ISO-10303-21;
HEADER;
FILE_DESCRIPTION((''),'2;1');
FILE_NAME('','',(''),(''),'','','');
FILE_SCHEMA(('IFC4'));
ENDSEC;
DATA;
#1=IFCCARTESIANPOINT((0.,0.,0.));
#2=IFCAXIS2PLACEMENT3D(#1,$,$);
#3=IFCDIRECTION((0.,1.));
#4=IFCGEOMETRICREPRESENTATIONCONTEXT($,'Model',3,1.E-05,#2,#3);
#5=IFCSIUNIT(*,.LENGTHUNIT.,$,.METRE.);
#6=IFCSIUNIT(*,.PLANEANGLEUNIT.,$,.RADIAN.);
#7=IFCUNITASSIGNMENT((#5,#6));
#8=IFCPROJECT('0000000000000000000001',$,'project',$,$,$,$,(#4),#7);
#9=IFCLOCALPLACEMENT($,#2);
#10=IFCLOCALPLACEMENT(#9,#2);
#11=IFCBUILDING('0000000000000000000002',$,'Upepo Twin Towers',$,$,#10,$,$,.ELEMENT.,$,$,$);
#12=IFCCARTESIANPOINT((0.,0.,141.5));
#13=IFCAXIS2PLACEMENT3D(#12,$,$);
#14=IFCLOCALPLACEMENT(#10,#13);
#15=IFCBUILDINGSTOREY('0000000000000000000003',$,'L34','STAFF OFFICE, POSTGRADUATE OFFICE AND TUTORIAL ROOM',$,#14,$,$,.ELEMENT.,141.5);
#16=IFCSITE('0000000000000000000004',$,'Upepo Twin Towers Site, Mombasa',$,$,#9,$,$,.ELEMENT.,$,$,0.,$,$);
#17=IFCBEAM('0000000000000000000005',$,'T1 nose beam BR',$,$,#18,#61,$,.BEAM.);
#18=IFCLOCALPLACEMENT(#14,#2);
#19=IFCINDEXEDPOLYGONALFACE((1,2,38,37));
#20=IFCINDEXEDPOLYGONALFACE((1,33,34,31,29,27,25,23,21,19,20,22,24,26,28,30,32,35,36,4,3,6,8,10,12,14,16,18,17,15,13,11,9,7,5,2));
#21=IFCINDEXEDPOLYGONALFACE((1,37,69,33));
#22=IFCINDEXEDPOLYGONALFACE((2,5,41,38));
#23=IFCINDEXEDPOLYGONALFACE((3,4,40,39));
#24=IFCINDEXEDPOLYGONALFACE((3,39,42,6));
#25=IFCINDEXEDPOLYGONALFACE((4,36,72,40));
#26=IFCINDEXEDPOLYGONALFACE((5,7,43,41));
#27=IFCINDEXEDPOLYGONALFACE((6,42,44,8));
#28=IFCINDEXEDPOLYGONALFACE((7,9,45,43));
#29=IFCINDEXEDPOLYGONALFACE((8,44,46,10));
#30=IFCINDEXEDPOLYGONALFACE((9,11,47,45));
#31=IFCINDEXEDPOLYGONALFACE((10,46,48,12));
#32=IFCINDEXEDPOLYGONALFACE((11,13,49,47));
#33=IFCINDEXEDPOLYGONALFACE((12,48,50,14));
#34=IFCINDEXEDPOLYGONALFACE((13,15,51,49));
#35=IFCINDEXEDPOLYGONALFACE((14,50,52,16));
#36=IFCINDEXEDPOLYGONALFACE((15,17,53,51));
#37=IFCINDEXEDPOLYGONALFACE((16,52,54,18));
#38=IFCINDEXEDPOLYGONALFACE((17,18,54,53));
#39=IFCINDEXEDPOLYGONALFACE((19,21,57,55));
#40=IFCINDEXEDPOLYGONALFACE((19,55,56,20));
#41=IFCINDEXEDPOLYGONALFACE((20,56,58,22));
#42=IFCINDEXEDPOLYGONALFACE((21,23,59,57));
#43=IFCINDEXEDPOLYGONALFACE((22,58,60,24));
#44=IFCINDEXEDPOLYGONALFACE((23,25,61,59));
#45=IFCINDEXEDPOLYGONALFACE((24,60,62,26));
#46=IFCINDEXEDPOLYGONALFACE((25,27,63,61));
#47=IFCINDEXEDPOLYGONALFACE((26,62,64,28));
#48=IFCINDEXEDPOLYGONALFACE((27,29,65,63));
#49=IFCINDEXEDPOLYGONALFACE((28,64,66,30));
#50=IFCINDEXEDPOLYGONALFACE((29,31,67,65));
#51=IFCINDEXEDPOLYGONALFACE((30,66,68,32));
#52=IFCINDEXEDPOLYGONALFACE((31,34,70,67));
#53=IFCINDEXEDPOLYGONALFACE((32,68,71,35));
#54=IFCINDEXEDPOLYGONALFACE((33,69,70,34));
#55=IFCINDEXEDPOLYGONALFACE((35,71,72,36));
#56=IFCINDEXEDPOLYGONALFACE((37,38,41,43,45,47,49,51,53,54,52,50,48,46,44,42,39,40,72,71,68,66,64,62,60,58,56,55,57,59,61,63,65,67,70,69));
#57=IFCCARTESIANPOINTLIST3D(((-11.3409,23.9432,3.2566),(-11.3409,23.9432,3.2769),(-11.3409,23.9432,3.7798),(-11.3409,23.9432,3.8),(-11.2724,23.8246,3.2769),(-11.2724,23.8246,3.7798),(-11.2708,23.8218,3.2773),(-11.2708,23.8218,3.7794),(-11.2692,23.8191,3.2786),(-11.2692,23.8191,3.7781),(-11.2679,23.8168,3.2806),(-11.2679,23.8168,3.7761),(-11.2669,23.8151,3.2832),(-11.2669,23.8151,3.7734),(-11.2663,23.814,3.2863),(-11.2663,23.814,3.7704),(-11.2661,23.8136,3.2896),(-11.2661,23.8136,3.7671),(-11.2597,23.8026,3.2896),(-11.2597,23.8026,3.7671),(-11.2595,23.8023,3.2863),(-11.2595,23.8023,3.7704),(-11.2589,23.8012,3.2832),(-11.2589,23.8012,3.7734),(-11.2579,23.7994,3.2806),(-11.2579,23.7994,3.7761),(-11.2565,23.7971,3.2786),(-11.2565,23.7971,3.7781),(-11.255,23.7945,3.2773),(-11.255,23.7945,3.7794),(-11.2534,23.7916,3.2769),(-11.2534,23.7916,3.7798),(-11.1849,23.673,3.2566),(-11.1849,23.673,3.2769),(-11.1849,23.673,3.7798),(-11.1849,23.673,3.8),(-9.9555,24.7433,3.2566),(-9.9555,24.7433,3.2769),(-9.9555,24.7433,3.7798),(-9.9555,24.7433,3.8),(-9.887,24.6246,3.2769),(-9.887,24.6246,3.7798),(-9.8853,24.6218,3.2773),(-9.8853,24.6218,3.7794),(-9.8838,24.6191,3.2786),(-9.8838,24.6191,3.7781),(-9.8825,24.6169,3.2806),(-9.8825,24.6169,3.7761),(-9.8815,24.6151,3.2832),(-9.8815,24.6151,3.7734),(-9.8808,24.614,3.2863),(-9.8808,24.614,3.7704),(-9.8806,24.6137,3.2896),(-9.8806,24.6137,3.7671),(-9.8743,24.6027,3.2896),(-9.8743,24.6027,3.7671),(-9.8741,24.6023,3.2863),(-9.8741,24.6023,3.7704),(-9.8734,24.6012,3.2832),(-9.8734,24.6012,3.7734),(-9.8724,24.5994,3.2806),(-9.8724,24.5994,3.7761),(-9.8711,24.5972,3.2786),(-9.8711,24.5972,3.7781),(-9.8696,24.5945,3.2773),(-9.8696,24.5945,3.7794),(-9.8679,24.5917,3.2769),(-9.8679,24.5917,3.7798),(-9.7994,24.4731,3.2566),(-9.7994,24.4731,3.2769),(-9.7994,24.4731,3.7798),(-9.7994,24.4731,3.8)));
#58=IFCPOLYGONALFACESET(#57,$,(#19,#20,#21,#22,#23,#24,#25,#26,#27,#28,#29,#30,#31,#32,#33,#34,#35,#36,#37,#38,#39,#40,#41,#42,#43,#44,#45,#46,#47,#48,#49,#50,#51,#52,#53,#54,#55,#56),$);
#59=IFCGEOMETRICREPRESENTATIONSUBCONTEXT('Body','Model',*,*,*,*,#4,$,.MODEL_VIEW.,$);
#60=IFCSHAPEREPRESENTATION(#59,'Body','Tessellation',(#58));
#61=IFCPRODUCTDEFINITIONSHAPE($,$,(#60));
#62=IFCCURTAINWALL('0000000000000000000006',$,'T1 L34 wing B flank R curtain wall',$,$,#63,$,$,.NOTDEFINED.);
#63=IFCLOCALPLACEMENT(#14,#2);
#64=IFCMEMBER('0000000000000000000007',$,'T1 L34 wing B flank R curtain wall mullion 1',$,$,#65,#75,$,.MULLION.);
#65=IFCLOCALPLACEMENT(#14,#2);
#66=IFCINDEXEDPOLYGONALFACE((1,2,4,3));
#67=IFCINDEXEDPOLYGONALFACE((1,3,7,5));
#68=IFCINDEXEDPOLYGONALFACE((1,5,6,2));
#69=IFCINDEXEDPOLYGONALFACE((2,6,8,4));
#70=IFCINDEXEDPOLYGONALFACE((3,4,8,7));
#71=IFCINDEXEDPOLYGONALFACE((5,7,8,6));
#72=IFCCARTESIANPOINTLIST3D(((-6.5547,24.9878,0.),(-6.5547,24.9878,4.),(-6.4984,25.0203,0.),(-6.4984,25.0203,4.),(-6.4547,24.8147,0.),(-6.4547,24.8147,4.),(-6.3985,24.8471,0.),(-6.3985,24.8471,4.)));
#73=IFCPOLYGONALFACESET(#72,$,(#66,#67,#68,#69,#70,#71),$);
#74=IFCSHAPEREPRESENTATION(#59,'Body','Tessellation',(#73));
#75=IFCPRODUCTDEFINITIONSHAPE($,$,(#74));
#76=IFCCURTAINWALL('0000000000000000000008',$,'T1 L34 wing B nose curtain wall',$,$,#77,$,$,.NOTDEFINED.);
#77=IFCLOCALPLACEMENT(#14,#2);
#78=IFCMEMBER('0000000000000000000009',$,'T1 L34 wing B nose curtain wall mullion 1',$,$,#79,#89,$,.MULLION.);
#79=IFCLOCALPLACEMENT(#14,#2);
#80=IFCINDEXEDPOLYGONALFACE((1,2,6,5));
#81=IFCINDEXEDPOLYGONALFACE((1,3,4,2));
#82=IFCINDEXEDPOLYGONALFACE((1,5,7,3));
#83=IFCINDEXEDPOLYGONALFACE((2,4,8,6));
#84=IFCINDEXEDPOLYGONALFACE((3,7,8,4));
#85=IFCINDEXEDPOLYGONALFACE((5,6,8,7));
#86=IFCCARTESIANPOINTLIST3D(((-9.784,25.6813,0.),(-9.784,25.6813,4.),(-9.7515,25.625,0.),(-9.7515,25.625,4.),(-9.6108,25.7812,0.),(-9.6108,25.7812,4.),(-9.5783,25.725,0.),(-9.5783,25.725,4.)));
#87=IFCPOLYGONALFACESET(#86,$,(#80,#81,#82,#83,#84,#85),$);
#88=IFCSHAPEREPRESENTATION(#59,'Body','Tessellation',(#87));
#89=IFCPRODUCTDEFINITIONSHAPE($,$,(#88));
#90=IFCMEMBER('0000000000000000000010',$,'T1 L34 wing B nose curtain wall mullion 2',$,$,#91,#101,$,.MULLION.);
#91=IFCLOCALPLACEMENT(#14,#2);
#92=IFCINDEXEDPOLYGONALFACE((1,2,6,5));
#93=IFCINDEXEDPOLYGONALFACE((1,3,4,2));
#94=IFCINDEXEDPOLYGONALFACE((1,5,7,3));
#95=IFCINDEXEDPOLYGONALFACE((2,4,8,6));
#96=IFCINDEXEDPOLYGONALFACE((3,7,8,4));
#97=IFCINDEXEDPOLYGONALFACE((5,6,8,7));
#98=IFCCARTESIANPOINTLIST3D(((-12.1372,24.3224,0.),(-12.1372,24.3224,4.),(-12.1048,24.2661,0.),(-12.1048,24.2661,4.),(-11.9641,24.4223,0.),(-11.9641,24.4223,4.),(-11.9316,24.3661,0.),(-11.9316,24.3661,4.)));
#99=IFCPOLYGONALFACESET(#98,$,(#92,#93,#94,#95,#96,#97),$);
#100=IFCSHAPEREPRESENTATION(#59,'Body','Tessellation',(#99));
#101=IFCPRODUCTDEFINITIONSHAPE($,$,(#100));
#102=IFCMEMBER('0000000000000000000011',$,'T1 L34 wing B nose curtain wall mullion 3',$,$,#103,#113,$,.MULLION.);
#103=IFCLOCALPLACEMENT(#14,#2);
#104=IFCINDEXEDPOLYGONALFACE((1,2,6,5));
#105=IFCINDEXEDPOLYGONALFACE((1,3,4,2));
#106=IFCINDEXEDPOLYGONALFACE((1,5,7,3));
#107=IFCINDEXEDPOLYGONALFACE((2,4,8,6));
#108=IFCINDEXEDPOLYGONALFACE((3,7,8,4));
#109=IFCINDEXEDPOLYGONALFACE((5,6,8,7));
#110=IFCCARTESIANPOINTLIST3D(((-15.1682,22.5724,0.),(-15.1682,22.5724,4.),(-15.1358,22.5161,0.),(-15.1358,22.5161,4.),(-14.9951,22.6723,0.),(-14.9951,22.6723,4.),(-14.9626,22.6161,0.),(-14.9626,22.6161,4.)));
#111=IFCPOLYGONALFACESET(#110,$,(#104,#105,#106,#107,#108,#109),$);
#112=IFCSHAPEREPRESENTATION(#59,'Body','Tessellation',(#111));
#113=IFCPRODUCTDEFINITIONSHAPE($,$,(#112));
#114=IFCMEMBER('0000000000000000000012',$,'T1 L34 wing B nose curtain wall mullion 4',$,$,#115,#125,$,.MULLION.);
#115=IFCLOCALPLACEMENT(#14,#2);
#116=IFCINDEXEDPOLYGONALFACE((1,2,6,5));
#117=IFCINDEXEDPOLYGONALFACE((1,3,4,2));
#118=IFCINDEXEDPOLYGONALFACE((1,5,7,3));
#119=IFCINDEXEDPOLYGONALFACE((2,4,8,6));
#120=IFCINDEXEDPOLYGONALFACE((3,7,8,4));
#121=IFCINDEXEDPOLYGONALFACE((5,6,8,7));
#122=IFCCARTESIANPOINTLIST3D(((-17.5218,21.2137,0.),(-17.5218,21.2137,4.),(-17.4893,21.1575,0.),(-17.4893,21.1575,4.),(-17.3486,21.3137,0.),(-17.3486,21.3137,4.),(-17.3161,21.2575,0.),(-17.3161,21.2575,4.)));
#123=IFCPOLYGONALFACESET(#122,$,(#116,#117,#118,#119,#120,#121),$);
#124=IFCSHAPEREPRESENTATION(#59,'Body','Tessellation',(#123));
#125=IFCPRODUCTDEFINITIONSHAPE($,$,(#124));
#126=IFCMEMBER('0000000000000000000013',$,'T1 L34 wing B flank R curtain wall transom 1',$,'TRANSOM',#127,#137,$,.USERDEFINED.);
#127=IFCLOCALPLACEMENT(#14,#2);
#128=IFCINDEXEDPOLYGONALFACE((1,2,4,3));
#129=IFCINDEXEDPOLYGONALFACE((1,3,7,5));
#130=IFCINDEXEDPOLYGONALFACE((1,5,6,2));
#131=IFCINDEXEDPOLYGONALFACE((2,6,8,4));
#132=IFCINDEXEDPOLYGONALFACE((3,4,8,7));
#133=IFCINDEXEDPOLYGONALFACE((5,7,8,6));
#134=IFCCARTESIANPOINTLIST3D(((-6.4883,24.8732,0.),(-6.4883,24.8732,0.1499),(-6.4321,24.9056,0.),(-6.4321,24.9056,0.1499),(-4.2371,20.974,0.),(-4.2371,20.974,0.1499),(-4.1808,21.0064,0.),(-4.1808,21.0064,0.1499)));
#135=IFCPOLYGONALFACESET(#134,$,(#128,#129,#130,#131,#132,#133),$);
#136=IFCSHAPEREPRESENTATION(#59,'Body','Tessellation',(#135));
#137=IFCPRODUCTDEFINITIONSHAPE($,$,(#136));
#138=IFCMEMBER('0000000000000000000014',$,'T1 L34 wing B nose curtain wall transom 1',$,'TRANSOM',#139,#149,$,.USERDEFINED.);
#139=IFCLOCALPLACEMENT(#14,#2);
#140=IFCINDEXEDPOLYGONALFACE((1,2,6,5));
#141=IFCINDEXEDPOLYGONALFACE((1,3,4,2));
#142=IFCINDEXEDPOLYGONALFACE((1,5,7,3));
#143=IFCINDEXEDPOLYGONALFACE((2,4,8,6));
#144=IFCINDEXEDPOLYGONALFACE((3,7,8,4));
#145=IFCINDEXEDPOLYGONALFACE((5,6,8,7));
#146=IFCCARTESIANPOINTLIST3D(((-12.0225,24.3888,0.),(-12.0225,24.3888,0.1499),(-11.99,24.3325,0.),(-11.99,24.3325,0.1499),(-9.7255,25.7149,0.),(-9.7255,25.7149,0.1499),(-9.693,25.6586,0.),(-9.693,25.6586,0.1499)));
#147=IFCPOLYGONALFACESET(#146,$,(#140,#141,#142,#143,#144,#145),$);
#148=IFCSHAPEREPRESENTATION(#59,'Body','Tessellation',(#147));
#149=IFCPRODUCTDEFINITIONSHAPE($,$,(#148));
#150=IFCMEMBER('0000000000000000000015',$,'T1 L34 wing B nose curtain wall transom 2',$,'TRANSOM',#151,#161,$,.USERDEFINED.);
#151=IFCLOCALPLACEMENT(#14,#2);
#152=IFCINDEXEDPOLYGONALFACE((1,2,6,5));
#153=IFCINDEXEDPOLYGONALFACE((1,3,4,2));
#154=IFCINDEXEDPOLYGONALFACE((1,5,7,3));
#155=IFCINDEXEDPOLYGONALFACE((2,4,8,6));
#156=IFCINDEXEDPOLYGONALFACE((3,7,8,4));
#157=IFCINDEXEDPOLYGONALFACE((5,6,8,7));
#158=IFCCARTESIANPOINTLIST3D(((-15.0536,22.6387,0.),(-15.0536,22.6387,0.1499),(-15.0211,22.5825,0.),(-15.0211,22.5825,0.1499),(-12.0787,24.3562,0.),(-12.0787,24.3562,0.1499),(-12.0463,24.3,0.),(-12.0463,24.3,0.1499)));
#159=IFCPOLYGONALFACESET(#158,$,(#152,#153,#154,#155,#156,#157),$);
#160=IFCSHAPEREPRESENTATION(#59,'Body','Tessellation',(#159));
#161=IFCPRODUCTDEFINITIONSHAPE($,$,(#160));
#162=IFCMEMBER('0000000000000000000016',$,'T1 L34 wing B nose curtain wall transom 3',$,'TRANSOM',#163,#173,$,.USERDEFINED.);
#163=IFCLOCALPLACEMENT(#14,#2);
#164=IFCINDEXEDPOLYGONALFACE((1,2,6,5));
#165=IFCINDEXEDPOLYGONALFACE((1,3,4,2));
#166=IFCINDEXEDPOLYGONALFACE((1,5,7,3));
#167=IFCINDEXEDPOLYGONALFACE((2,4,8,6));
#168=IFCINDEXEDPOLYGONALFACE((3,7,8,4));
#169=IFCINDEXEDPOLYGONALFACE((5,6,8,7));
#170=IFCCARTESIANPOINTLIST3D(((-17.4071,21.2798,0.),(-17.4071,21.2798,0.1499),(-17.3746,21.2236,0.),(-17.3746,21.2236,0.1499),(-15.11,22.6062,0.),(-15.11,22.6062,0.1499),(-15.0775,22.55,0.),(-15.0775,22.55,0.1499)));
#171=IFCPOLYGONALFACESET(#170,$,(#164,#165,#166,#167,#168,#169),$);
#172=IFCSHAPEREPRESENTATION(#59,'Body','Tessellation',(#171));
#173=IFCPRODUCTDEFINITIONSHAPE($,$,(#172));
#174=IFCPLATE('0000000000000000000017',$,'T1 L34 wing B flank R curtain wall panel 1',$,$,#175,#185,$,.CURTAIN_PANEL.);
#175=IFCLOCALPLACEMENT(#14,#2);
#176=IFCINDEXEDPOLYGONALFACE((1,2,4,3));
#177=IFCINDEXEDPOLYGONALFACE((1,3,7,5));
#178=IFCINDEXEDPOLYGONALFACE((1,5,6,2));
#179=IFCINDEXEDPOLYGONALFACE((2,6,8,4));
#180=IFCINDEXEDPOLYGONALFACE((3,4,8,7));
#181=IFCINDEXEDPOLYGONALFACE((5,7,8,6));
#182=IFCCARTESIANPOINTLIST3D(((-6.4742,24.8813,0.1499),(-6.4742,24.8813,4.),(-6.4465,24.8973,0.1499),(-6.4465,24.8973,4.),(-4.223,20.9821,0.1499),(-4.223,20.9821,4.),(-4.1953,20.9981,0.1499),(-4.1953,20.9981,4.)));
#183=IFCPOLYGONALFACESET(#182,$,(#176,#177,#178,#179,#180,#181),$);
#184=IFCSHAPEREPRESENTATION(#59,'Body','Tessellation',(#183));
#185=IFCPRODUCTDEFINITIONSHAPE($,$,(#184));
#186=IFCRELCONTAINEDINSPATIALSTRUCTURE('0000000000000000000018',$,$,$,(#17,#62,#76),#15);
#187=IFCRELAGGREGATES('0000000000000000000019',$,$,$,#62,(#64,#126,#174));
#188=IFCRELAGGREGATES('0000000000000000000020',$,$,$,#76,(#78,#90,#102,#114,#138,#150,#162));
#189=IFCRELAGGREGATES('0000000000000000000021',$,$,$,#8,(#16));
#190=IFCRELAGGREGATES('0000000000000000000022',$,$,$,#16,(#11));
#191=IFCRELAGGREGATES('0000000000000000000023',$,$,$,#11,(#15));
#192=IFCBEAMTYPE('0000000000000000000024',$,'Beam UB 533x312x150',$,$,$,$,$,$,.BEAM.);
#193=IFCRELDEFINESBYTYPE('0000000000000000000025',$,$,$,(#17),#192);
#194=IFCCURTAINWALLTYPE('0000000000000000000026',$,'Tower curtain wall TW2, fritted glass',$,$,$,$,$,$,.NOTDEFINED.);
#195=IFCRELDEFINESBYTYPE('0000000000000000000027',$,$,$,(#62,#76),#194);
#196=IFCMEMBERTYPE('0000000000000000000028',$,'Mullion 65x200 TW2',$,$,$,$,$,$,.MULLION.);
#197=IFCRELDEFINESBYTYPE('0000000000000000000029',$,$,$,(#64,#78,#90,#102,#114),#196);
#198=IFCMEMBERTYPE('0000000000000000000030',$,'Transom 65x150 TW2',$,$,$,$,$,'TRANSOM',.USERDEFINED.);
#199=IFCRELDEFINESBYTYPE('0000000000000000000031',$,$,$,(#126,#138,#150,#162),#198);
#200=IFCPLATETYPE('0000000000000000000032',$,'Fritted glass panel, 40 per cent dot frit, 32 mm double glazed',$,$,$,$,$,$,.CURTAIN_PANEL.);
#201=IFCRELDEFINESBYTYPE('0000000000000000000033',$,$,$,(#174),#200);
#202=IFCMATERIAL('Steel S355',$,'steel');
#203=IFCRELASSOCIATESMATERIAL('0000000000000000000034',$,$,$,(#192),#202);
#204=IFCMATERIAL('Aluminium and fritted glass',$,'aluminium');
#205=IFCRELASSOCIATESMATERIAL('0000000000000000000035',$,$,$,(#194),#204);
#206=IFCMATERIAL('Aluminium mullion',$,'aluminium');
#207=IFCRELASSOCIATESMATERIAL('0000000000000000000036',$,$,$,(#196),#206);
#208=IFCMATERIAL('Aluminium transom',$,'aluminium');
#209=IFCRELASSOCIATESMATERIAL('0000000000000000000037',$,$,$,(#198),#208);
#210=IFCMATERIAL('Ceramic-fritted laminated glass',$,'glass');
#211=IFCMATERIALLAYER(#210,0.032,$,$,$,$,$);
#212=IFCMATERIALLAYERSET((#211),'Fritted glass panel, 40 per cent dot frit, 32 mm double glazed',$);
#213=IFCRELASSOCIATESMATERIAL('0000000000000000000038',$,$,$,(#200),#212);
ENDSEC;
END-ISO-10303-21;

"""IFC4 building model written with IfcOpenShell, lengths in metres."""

from ifc_helpers import new_model, si_unit, direction, frame, origin, origin_2d, place, context, subcontext, project, spatial, rectangle, i_section, extrude, material, layer, layer_set, material_profile, profile_set, type_object, element, aggregate, save


model = new_model("IFC4")

# Units and contexts
model_context = context("Model", 3, precision=1e-05, world=origin(), true_north=direction((0.0, 1.0)))
body_context = subcontext(model_context, "Body", "Model", "MODEL_VIEW")
ifc_project = project(units=[si_unit("LENGTHUNIT", "METRE"), si_unit("PLANEANGLEUNIT", "RADIAN")], contexts=[model_context])

# Site, building, storey
site_placement = place(None, origin())
site = spatial("IfcSite", under=ifc_project, at=site_placement, Name="Upepo Twin Towers Site, Mombasa", CompositionType="ELEMENT", RefElevation=0.0)
building_placement = place(site_placement, origin())
building = spatial("IfcBuilding", under=site, at=building_placement, Name="Upepo Twin Towers", CompositionType="ELEMENT")
storey_placement = place(building_placement, frame((0.0, 0.0, 141.5)))
storey = spatial("IfcBuildingStorey", under=building, at=storey_placement, Name="L34", Description="STAFF OFFICE, POSTGRADUATE OFFICE AND TUTORIAL ROOM", CompositionType="ELEMENT", Elevation=141.5)

# Beam
ifc_material_1 = material(Name="Steel S355", Category="steel")
ifc_material_profile_1 = material_profile(ifc_material_1, i_section(OverallWidth=0.312, OverallDepth=0.5435, WebThickness=0.0127, FlangeThickness=0.0203, FilletRadius=0.0127, at=origin_2d()), Name="UB 533x312x150")
ifc_profile_set_1 = profile_set([ifc_material_profile_1], Name="Steel S355")
beam_type_1 = type_object("IfcBeamType", Name="Beam UB 533x312x150", PredefinedType="BEAM", material=ifc_profile_set_1)
for number, where, z_axis, x_axis, name in (
    (1, (-9.8774, 24.6082, 3.5283), (-0.86599, -0.500061, 0.0), (0.500061, -0.86599, 0.0), "T1 nose beam BR"),
):
    element("IfcBeam", number, at=place(storey_placement, frame(where, z_axis=z_axis, x_axis=x_axis)), inside=storey, type_object=beam_type_1, Name=name, PredefinedType="BEAM", context=body_context, shape_type="SweptSolid", body=[
        extrude(i_section(OverallWidth=0.312, OverallDepth=0.5435, WebThickness=0.0127, FlangeThickness=0.0203, FilletRadius=0.0127, at=origin_2d()), origin(), (0.0, 0.0, 1.0), 1.5999),
    ])

# Curtain wall, member
ifc_material_2 = material(Name="Aluminium and fritted glass", Category="aluminium")
curtain_wall_type = type_object("IfcCurtainWallType", Name="Tower curtain wall TW2, fritted glass", PredefinedType="NOTDEFINED", material=ifc_material_2)
curtain_wall_1_placement = place(storey_placement, origin())
curtain_wall_1 = element("IfcCurtainWall", 2, at=curtain_wall_1_placement, inside=storey, type_object=curtain_wall_type, Name="T1 L34 wing B flank R curtain wall", PredefinedType="NOTDEFINED")
ifc_material_3 = material(Name="Aluminium mullion", Category="aluminium")
ifc_material_profile_2 = material_profile(ifc_material_3, rectangle(XDim=0.0649, YDim=0.2, at=origin_2d()), Name="MULLION 65x200")
ifc_profile_set_2 = profile_set([ifc_material_profile_2], Name="Aluminium mullion")
member_type_1 = type_object("IfcMemberType", Name="Mullion 65x200 TW2", PredefinedType="MULLION", material=ifc_profile_set_2)
member_1_placement = place(storey_placement, frame((-6.4766, 24.9175, 0.0), z_axis=(0.0, 0.0, 1.0), x_axis=(0.866025, 0.5, 0.0)))
member_1 = element("IfcMember", 3, at=member_1_placement, type_object=member_type_1, Name="T1 L34 wing B flank R curtain wall mullion 1", PredefinedType="MULLION", context=body_context, shape_type="SweptSolid", body=[
    extrude(rectangle(XDim=0.0649, YDim=0.2, at=origin_2d()), origin(), (0.0, 0.0, 1.0), 4.0),
])

# Curtain wall, members
curtain_wall_2_placement = place(storey_placement, origin())
curtain_wall_2 = element("IfcCurtainWall", 4, at=curtain_wall_2_placement, inside=storey, type_object=curtain_wall_type, Name="T1 L34 wing B nose curtain wall", PredefinedType="NOTDEFINED")
member_2_placement = place(storey_placement, frame((-9.6812, 25.7031, 0.0), z_axis=(0.0, 0.0, 1.0), x_axis=(0.5, -0.866025, 0.0)))
member_2 = element("IfcMember", 5, at=member_2_placement, type_object=member_type_1, Name="T1 L34 wing B nose curtain wall mullion 1", PredefinedType="MULLION", context=body_context, shape_type="SweptSolid", body=[
    extrude(rectangle(XDim=0.0649, YDim=0.2, at=origin_2d()), origin(), (0.0, 0.0, 1.0), 4.0),
])
member_3_placement = place(storey_placement, frame((-12.0344, 24.3442, 0.0), z_axis=(0.0, 0.0, 1.0), x_axis=(0.5, -0.866025, 0.0)))
member_3 = element("IfcMember", 6, at=member_3_placement, type_object=member_type_1, Name="T1 L34 wing B nose curtain wall mullion 2", PredefinedType="MULLION", context=body_context, shape_type="SweptSolid", body=[
    extrude(rectangle(XDim=0.0649, YDim=0.2, at=origin_2d()), origin(), (0.0, 0.0, 1.0), 4.0),
])
member_4_placement = place(storey_placement, frame((-15.0654, 22.5942, 0.0), z_axis=(0.0, 0.0, 1.0), x_axis=(0.5, -0.866025, 0.0)))
member_4 = element("IfcMember", 7, at=member_4_placement, type_object=member_type_1, Name="T1 L34 wing B nose curtain wall mullion 3", PredefinedType="MULLION", context=body_context, shape_type="SweptSolid", body=[
    extrude(rectangle(XDim=0.0649, YDim=0.2, at=origin_2d()), origin(), (0.0, 0.0, 1.0), 4.0),
])
member_5_placement = place(storey_placement, frame((-17.4189, 21.2356, 0.0), z_axis=(0.0, 0.0, 1.0), x_axis=(0.5, -0.866025, 0.0)))
member_5 = element("IfcMember", 8, at=member_5_placement, type_object=member_type_1, Name="T1 L34 wing B nose curtain wall mullion 4", PredefinedType="MULLION", context=body_context, shape_type="SweptSolid", body=[
    extrude(rectangle(XDim=0.0649, YDim=0.2, at=origin_2d()), origin(), (0.0, 0.0, 1.0), 4.0),
])

# Members
ifc_material_4 = material(Name="Aluminium transom", Category="aluminium")
ifc_material_profile_3 = material_profile(ifc_material_4, rectangle(XDim=0.0649, YDim=0.1499, at=origin_2d()), Name="TRANSOM 65x150")
ifc_profile_set_3 = profile_set([ifc_material_profile_3], Name="Aluminium transom")
member_type_2 = type_object("IfcMemberType", Name="Transom 65x150 TW2", ElementType="TRANSOM", PredefinedType="USERDEFINED", material=ifc_profile_set_3)
member_6_placement = place(storey_placement, frame((-6.4602, 24.8894, 0.075), z_axis=(0.500006, -0.866022, 0.0), x_axis=(0.866022, 0.500006, 0.0)))
member_6 = element("IfcMember", 9, at=member_6_placement, type_object=member_type_2, Name="T1 L34 wing B flank R curtain wall transom 1", ObjectType="TRANSOM", PredefinedType="USERDEFINED", context=body_context, shape_type="SweptSolid", body=[
    extrude(rectangle(XDim=0.0649, YDim=0.1499, at=origin_2d()), origin(), (0.0, 0.0, 1.0), 4.5024),
])
member_7_placement = place(storey_placement, frame((-9.7092, 25.6868, 0.075), z_axis=(-0.866037, -0.49998, 0.0), x_axis=(0.49998, -0.866037, 0.0)))
member_7 = element("IfcMember", 10, at=member_7_placement, type_object=member_type_2, Name="T1 L34 wing B nose curtain wall transom 1", ObjectType="TRANSOM", PredefinedType="USERDEFINED", context=body_context, shape_type="SweptSolid", body=[
    extrude(rectangle(XDim=0.0649, YDim=0.1499, at=origin_2d()), origin(), (0.0, 0.0, 1.0), 2.6523),
])
member_8_placement = place(storey_placement, frame((-12.0625, 24.3281, 0.075), z_axis=(-0.866026, -0.499999, 0.0), x_axis=(0.499999, -0.866026, 0.0)))
member_8 = element("IfcMember", 11, at=member_8_placement, type_object=member_type_2, Name="T1 L34 wing B nose curtain wall transom 2", ObjectType="TRANSOM", PredefinedType="USERDEFINED", context=body_context, shape_type="SweptSolid", body=[
    extrude(rectangle(XDim=0.0649, YDim=0.1499, at=origin_2d()), origin(), (0.0, 0.0, 1.0), 3.4351),
])
member_9_placement = place(storey_placement, frame((-15.0938, 22.5781, 0.075), z_axis=(-0.865997, -0.500049, 0.0), x_axis=(0.500049, -0.865997, 0.0)))
member_9 = element("IfcMember", 12, at=member_9_placement, type_object=member_type_2, Name="T1 L34 wing B nose curtain wall transom 3", ObjectType="TRANSOM", PredefinedType="USERDEFINED", context=body_context, shape_type="SweptSolid", body=[
    extrude(rectangle(XDim=0.0649, YDim=0.1499, at=origin_2d()), origin(), (0.0, 0.0, 1.0), 2.6526),
])

# Plate
ifc_material_5 = material(Name="Ceramic-fritted laminated glass", Category="glass")
ifc_layer_1 = layer(ifc_material_5, 0.032)
ifc_layer_set_1 = layer_set([ifc_layer_1], Name="Fritted glass panel, 40 per cent dot frit, 32 mm double glazed")
plate_type_1 = type_object("IfcPlateType", Name="Fritted glass panel, 40 per cent dot frit, 32 mm double glazed", PredefinedType="CURTAIN_PANEL", material=ifc_layer_set_1)
plate_1_placement = place(storey_placement, frame((-5.3347, 22.9397, 0.1499), z_axis=(0.0, 0.0, 1.0), x_axis=(0.5, -0.866025, 0.0)))
plate_1 = element("IfcPlate", 13, at=plate_1_placement, type_object=plate_type_1, Name="T1 L34 wing B flank R curtain wall panel 1", PredefinedType="CURTAIN_PANEL", context=body_context, shape_type="SweptSolid", body=[
    extrude(rectangle(XDim=4.5024, YDim=0.032, at=origin_2d()), origin(), (0.0, 0.0, 1.0), 3.8501),
])
aggregate(curtain_wall_1, [member_1, member_6, plate_1])
aggregate(curtain_wall_2, [member_2, member_3, member_4, member_5, member_7, member_8, member_9])

save(model, "model.ifc")
